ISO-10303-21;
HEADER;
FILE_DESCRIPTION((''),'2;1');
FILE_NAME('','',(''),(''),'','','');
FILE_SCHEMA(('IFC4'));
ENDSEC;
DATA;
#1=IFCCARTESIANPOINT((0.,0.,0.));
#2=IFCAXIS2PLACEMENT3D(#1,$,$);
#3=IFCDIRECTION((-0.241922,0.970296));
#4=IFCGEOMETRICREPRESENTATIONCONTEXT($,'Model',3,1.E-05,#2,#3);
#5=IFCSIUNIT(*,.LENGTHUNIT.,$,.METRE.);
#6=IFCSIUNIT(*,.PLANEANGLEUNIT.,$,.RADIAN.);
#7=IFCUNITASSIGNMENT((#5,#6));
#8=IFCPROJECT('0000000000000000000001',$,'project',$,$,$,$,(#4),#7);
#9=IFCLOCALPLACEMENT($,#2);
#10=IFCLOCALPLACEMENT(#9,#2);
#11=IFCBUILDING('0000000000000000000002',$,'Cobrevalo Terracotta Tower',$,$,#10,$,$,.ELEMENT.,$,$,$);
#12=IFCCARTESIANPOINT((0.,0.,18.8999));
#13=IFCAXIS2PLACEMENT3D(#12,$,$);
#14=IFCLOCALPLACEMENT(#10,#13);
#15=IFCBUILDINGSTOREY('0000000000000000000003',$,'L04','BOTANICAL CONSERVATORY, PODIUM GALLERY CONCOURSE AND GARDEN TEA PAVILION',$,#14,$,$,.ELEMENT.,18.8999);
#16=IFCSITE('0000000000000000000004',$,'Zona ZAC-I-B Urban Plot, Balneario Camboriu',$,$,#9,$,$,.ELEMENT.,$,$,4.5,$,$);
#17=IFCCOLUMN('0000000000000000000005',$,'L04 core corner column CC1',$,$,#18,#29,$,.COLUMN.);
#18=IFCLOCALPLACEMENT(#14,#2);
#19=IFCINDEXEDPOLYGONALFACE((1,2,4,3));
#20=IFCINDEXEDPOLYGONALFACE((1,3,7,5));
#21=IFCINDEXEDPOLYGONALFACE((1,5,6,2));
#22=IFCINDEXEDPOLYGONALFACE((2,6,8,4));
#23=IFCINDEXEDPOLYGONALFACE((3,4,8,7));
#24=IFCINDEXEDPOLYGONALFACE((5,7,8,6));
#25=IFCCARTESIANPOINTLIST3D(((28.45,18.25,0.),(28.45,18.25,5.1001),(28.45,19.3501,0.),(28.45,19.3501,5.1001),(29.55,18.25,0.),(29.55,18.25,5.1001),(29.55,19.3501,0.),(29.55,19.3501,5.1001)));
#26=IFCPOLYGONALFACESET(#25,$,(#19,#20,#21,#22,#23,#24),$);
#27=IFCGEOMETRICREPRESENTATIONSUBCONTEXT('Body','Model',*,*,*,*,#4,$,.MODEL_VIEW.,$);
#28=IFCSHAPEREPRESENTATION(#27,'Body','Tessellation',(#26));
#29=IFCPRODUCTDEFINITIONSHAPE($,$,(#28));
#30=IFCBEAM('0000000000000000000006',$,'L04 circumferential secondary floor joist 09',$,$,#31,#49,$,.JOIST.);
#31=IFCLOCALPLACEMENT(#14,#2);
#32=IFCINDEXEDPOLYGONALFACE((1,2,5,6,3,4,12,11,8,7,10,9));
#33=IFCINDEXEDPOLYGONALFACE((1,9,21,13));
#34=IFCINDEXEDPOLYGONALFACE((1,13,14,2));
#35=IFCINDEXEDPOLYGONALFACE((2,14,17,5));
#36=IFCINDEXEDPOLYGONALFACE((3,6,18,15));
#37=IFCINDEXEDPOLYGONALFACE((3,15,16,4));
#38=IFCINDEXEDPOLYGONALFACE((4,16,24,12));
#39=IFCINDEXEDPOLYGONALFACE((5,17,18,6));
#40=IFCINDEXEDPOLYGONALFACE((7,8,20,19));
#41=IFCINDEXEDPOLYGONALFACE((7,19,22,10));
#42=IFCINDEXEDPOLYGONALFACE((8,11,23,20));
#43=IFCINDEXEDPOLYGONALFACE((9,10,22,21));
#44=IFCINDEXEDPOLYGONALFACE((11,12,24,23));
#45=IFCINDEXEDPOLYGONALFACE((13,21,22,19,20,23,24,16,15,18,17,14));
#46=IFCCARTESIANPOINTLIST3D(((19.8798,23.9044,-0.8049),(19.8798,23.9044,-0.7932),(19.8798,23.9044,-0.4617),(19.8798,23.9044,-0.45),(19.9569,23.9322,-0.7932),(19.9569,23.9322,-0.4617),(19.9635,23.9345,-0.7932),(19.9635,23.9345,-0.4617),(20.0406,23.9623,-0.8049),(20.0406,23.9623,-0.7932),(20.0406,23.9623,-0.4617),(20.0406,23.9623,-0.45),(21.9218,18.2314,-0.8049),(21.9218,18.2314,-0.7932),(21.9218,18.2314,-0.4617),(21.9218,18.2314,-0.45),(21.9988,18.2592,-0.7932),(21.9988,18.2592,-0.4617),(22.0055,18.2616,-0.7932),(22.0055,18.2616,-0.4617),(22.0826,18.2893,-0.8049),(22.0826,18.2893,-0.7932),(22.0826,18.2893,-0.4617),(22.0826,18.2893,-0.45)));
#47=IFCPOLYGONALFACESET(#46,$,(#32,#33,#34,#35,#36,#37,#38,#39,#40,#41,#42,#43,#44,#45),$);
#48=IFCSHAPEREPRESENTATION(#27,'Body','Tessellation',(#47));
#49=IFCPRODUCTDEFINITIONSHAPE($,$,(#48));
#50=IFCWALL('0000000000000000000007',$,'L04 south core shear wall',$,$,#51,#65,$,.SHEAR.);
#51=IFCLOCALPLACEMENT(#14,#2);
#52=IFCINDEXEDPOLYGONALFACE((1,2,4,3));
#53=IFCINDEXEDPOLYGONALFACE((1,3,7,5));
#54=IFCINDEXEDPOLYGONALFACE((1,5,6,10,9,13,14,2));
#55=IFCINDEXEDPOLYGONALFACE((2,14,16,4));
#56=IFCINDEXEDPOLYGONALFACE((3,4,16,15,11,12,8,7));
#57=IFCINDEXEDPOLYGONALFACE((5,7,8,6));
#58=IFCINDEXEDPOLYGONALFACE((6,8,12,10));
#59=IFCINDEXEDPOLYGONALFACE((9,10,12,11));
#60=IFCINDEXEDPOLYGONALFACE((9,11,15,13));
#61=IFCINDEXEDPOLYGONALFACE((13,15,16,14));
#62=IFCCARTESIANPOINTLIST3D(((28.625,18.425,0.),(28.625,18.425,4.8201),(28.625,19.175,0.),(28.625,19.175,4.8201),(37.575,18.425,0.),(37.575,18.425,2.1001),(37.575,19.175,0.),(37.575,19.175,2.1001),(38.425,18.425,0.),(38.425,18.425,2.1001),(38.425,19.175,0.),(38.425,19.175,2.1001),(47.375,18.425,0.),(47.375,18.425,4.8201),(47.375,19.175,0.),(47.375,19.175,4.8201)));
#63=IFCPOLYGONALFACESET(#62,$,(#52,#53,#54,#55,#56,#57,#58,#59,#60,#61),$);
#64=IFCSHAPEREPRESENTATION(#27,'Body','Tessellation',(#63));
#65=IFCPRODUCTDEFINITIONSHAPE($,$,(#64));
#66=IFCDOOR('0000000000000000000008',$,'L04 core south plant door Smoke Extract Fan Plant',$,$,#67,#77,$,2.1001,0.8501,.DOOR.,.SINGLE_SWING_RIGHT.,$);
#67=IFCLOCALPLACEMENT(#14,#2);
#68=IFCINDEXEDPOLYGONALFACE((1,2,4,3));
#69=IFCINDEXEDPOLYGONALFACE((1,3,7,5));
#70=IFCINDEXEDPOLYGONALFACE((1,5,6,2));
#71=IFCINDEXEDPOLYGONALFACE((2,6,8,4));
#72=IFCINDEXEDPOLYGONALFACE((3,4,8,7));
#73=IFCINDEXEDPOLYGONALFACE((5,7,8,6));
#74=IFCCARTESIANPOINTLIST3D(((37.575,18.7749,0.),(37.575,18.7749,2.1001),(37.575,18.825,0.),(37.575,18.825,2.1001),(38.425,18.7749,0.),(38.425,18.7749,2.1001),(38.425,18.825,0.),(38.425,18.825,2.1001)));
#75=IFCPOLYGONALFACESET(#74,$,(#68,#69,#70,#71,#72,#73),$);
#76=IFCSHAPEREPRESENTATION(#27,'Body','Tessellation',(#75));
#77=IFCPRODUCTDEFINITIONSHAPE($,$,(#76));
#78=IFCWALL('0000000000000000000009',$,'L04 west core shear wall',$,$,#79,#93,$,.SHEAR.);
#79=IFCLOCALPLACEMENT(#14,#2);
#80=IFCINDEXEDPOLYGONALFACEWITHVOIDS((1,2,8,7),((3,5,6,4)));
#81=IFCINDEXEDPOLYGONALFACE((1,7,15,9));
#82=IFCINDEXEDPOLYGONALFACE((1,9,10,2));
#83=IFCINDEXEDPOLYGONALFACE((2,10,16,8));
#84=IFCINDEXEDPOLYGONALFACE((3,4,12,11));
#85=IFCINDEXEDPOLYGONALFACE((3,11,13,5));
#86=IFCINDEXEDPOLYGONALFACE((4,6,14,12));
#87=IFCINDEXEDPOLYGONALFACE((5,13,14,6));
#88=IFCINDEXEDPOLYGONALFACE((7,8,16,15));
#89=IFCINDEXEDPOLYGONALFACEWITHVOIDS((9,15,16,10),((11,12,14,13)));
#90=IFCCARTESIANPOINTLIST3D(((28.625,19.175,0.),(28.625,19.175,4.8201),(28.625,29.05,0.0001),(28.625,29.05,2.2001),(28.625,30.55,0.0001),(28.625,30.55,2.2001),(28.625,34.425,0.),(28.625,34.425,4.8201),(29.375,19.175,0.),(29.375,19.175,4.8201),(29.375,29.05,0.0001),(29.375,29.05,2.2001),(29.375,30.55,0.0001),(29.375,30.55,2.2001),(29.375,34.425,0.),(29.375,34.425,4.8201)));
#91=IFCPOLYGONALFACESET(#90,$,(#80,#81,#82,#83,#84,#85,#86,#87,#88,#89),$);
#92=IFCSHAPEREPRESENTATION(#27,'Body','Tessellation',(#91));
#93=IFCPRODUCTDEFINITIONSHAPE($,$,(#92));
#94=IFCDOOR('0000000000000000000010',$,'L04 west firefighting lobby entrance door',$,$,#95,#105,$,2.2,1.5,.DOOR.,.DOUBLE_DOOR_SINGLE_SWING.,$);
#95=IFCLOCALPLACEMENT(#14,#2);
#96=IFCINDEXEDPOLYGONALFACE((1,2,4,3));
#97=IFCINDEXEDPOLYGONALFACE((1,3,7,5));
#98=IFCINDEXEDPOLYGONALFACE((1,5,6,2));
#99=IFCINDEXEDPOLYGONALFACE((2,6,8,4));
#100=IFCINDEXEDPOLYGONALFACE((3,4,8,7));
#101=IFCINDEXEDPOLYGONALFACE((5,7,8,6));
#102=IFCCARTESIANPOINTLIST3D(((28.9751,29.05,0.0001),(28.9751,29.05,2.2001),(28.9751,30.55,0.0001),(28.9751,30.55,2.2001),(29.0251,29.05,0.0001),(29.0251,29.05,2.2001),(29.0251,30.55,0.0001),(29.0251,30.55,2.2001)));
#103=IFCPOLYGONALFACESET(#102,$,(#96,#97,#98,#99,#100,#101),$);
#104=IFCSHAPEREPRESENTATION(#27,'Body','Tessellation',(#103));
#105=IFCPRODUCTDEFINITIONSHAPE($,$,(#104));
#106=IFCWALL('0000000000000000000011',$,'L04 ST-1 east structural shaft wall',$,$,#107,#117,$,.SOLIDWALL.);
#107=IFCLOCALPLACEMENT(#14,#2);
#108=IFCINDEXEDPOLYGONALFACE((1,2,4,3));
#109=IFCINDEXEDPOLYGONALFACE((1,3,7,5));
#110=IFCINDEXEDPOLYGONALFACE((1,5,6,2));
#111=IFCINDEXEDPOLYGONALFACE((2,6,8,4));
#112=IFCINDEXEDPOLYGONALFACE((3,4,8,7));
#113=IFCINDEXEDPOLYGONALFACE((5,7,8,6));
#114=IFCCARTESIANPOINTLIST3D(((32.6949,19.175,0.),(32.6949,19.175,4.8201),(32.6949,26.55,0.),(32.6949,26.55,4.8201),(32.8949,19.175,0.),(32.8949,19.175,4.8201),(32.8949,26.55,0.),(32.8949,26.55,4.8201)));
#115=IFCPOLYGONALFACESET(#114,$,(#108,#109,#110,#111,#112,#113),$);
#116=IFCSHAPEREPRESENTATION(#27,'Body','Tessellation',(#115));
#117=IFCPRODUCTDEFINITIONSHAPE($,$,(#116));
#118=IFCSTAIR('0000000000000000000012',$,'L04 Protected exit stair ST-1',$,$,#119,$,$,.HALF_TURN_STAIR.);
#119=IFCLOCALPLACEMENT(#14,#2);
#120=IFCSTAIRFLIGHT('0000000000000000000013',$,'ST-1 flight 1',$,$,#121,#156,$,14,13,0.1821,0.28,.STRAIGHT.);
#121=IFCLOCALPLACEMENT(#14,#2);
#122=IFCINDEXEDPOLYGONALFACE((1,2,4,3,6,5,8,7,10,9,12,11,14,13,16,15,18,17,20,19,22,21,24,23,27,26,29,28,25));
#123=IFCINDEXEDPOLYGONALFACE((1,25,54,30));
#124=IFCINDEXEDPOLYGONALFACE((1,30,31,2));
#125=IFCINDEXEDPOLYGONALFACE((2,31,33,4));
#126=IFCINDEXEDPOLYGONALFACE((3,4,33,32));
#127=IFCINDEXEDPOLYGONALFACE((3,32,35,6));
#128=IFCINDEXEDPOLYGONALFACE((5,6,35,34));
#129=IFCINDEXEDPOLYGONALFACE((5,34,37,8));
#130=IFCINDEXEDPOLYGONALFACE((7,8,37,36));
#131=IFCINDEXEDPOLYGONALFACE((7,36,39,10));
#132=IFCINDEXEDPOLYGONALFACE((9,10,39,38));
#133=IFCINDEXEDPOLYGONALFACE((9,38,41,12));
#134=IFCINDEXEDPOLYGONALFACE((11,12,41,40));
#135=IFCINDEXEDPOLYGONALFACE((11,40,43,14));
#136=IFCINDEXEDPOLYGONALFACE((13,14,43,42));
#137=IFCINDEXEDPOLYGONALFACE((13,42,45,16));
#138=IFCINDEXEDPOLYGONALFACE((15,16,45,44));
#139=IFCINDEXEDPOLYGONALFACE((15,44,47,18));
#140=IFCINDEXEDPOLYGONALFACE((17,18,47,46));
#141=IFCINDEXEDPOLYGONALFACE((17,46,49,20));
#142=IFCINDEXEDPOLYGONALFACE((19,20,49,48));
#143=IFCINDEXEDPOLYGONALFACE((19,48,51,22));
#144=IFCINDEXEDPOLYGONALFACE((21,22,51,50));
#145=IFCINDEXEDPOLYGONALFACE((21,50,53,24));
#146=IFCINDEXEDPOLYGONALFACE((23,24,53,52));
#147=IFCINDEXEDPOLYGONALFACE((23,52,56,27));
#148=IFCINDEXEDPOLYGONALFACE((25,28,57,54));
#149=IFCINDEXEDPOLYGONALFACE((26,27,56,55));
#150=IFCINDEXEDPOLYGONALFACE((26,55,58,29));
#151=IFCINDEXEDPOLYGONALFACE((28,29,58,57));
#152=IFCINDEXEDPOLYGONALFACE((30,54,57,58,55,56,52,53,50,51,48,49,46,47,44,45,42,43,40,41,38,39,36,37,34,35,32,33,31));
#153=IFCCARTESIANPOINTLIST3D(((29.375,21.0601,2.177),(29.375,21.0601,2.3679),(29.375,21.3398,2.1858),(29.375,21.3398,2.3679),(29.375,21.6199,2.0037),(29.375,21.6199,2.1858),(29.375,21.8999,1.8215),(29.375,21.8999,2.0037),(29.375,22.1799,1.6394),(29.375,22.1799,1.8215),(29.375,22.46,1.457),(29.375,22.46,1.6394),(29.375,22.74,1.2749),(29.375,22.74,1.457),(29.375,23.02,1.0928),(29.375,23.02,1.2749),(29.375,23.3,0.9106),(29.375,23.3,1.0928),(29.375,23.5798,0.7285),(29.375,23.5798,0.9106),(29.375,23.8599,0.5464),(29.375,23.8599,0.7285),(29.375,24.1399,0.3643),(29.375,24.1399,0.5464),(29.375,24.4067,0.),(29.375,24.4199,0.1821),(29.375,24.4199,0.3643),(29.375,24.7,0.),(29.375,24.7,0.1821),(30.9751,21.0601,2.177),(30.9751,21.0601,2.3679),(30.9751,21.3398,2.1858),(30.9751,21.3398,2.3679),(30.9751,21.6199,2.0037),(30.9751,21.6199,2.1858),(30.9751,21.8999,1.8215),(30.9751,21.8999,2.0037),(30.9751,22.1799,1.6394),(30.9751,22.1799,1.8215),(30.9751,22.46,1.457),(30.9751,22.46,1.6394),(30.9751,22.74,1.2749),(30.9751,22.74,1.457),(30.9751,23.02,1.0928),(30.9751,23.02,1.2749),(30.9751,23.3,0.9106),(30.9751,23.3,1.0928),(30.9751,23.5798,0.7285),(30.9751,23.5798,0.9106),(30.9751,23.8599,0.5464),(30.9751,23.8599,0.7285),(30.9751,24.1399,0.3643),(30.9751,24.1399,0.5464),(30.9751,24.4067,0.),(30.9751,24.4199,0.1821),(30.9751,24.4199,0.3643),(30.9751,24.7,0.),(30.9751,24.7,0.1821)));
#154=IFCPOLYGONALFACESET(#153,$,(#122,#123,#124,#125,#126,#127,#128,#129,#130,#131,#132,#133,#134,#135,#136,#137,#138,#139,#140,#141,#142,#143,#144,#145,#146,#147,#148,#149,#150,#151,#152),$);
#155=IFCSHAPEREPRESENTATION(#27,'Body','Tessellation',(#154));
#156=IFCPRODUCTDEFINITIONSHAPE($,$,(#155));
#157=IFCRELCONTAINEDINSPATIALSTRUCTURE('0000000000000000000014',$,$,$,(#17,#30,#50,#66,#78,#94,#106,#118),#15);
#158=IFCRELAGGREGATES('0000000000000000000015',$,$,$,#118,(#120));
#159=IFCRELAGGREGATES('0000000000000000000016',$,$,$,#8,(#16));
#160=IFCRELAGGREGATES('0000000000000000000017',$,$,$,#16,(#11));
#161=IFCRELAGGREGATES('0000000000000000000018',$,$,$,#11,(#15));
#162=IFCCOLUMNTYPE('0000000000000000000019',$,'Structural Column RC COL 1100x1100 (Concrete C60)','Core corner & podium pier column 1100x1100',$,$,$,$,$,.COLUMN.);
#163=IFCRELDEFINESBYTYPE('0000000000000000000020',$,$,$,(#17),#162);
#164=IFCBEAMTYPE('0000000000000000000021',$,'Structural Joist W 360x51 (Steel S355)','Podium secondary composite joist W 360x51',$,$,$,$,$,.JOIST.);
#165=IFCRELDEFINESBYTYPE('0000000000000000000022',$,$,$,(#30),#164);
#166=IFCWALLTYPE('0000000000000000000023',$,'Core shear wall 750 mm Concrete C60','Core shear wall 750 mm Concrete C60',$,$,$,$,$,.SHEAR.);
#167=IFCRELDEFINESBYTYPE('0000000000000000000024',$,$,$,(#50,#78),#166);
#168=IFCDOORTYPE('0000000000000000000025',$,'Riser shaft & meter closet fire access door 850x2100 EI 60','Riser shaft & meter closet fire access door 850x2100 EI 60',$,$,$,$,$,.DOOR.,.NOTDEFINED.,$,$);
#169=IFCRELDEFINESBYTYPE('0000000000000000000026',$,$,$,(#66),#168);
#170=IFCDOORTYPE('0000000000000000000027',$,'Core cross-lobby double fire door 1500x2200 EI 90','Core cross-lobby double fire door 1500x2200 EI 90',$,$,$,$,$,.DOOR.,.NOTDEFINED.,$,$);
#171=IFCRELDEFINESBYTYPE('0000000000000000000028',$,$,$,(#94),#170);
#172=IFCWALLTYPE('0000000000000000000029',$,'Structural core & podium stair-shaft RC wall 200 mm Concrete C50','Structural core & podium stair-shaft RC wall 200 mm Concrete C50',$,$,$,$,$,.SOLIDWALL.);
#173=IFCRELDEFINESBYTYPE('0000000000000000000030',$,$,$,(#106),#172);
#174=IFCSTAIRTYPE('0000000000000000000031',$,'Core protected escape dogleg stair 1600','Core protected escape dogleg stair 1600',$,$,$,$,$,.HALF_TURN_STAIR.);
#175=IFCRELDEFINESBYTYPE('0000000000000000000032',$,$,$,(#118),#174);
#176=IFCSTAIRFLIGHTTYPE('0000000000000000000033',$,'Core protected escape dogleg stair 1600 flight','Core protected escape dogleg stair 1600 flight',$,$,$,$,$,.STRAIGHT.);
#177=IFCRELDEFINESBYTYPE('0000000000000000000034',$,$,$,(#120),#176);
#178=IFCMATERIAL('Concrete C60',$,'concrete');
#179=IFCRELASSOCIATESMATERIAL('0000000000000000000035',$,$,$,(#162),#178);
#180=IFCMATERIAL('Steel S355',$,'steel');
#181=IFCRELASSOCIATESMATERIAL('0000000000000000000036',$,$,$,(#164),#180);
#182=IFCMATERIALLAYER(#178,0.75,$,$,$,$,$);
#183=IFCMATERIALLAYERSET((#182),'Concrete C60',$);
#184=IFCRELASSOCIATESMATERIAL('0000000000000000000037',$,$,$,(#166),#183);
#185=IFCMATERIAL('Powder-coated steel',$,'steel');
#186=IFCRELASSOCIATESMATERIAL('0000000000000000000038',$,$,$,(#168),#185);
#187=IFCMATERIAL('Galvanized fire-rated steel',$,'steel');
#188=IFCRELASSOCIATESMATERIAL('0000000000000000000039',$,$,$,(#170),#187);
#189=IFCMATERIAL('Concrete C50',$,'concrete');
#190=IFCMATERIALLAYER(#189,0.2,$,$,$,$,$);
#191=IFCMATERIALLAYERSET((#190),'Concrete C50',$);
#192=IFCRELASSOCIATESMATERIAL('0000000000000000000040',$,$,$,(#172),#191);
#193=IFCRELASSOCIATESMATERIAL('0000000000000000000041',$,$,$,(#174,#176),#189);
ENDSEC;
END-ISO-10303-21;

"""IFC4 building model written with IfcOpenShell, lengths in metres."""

from ifc_helpers import new_model, si_unit, direction, frame, frame_2d, origin, origin_2d, place, context, subcontext, project, spatial, polyline, rectangle, i_section, outline, extrude, source, transform, mapped, material, layer, layer_set, material_profile, profile_set, type_object, element, fill, aggregate, save


model = new_model("IFC4")

# Units and contexts
model_context = context("Model", 3, precision=1e-05, world=origin(), true_north=direction((-0.241922, 0.970296)))
body_context = subcontext(model_context, "Body", "Model", "MODEL_VIEW")
ifc_project = project(units=[si_unit("LENGTHUNIT", "METRE"), si_unit("PLANEANGLEUNIT", "RADIAN")], contexts=[model_context])

# Site, building, storey
site_placement = place(None, origin())
site = spatial("IfcSite", under=ifc_project, at=site_placement, Name="Zona ZAC-I-B Urban Plot, Balneario Camboriu", CompositionType="ELEMENT", RefElevation=4.5)
building_placement = place(site_placement, origin())
building = spatial("IfcBuilding", under=site, at=building_placement, Name="Cobrevalo Terracotta Tower", CompositionType="ELEMENT")
storey_placement = place(building_placement, frame((0.0, 0.0, 18.8999)))
storey = spatial("IfcBuildingStorey", under=building, at=storey_placement, Name="L04", Description="BOTANICAL CONSERVATORY, PODIUM GALLERY CONCOURSE AND GARDEN TEA PAVILION", CompositionType="ELEMENT", Elevation=18.8999)

# Column
ifc_material_1 = material(Name="Concrete C60", Category="concrete")
ifc_material_profile_1 = material_profile(ifc_material_1, rectangle(XDim=1.1001, YDim=1.1001, at=origin_2d()), Name="RC COL 1100x1100")
ifc_profile_set_1 = profile_set([ifc_material_profile_1], Name="Concrete C60")
column_type = type_object("IfcColumnType", Name="Structural Column RC COL 1100x1100 (Concrete C60)", Description="Core corner & podium pier column 1100x1100", PredefinedType="COLUMN", material=ifc_profile_set_1)
column_placement = place(storey_placement, frame((29.0, 18.8, 0.0), z_axis=(0.0, 0.0, 1.0), x_axis=(1.0, 0.0, 0.0)))
element("IfcColumn", 1, at=column_placement, inside=storey, type_object=column_type, Name="L04 core corner column CC1", PredefinedType="COLUMN", context=body_context, shape_type="SweptSolid", body=[
    extrude(rectangle(XDim=1.1001, YDim=1.1001, at=origin_2d()), origin(), (0.0, 0.0, 1.0), 5.1001),
])

# Beam
ifc_material_2 = material(Name="Steel S355", Category="steel")
ifc_material_profile_2 = material_profile(ifc_material_2, i_section(OverallWidth=0.1709, OverallDepth=0.355, WebThickness=0.0071, FlangeThickness=0.0117, at=origin_2d()), Name="W 360x51")
ifc_profile_set_2 = profile_set([ifc_material_profile_2], Name="Steel S355")
beam_type = type_object("IfcBeamType", Name="Structural Joist W 360x51 (Steel S355)", Description="Podium secondary composite joist W 360x51", PredefinedType="JOIST", material=ifc_profile_set_2)
beam_placement = place(storey_placement, frame((19.9602, 23.9333, -0.6274), z_axis=(0.338672, -0.940904, 0.0), x_axis=(0.940904, 0.338672, 0.0)))
element("IfcBeam", 2, at=beam_placement, inside=storey, type_object=beam_type, Name="L04 circumferential secondary floor joist 09", PredefinedType="JOIST", context=body_context, shape_type="SweptSolid", body=[
    extrude(i_section(OverallWidth=0.1709, OverallDepth=0.355, WebThickness=0.0071, FlangeThickness=0.0117, at=origin_2d()), origin(), (0.0, 0.0, 1.0), 6.0293),
])

# Walls, openings, doors
ifc_layer_1 = layer(ifc_material_1, 0.75)
ifc_layer_set_1 = layer_set([ifc_layer_1], Name="Concrete C60")
wall_type_1 = type_object("IfcWallType", Name="Core shear wall 750 mm Concrete C60", Description="Core shear wall 750 mm Concrete C60", PredefinedType="SHEAR", material=ifc_layer_set_1)
wall_1_placement = place(storey_placement, frame((28.625, 18.8, 0.0), z_axis=(0.0, 0.0, 1.0), x_axis=(1.0, 0.0, 0.0)))
wall_1 = element("IfcWall", 3, at=wall_1_placement, inside=storey, type_object=wall_type_1, Name="L04 south core shear wall", PredefinedType="SHEAR", context=body_context, shape_type="SweptSolid", body=[
    extrude(rectangle(XDim=18.75, YDim=0.75, at=frame_2d((9.375, 0.0))), origin(), (0.0, 0.0, 1.0), 4.8201),
])
opening_1_placement = place(wall_1_placement, frame((8.95, 0.0, 0.0)))
opening_1 = element("IfcOpeningElement", 4, at=opening_1_placement, cuts=wall_1, PredefinedType="OPENING", context=body_context, shape_type="SweptSolid", body=[
    extrude(rectangle(XDim=0.8501, YDim=2.1001, at=frame_2d((0.425, 1.05))), frame((0.0, 0.385, 0.0), z_axis=(0.0, -1.0, 0.0), x_axis=(1.0, 0.0, 0.0)), (0.0, 0.0, 1.0), 0.77),
])
ifc_material_3 = material(Name="Powder-coated steel", Category="steel")
door_type_1 = type_object("IfcDoorType", Name="Riser shaft & meter closet fire access door 850x2100 EI 60", Description="Riser shaft & meter closet fire access door 850x2100 EI 60", OperationType="NOTDEFINED", PredefinedType="DOOR", material=ifc_material_3)
shared_shape_1 = source(origin(), body_context, "Body", "SweptSolid", [
    extrude(rectangle(XDim=0.8501, YDim=2.1001, at=frame_2d((0.425, 1.05))), frame((0.0, 0.0249, 0.0), z_axis=(0.0, -1.0, 0.0), x_axis=(1.0, 0.0, 0.0)), (0.0, 0.0, 1.0), 0.05),
])
door_1_placement = place(opening_1_placement, origin())
door_1 = element("IfcDoor", 5, at=door_1_placement, inside=storey, type_object=door_type_1, Name="L04 core south plant door Smoke Extract Fan Plant", OperationType="SINGLE_SWING_RIGHT", OverallHeight=2.1001, OverallWidth=0.8501, PredefinedType="DOOR", context=body_context, shape_type="MappedRepresentation", body=[
    mapped(shared_shape_1, transform((0.0, 0.0, 0.0), scale=1.0)),
])
fill(opening_1, door_1)
wall_2_placement = place(storey_placement, frame((29.0, 19.175, 0.0), z_axis=(0.0, 0.0, 1.0), x_axis=(0.0, 1.0, 0.0)))
wall_2 = element("IfcWall", 6, at=wall_2_placement, inside=storey, type_object=wall_type_1, Name="L04 west core shear wall", PredefinedType="SHEAR", context=body_context, shape_type="SweptSolid", body=[
    extrude(rectangle(XDim=15.25, YDim=0.75, at=frame_2d((7.625, 0.0))), origin(), (0.0, 0.0, 1.0), 4.8201),
])
opening_2_placement = place(wall_2_placement, frame((9.875, 0.0, 0.0)))
opening_2 = element("IfcOpeningElement", 7, at=opening_2_placement, cuts=wall_2, PredefinedType="OPENING", context=body_context, shape_type="SweptSolid", body=[
    extrude(rectangle(XDim=1.5, YDim=2.2, at=frame_2d((0.75, 1.1001))), frame((0.0, 0.385, 0.0), z_axis=(0.0, -1.0, 0.0), x_axis=(1.0, 0.0, 0.0)), (0.0, 0.0, 1.0), 0.77),
])
ifc_material_4 = material(Name="Galvanized fire-rated steel", Category="steel")
door_type_2 = type_object("IfcDoorType", Name="Core cross-lobby double fire door 1500x2200 EI 90", Description="Core cross-lobby double fire door 1500x2200 EI 90", OperationType="NOTDEFINED", PredefinedType="DOOR", material=ifc_material_4)
shared_shape_2 = source(origin(), body_context, "Body", "SweptSolid", [
    extrude(rectangle(XDim=1.5, YDim=2.2, at=frame_2d((0.75, 1.1001))), frame((0.0, 0.0249, 0.0), z_axis=(0.0, -1.0, 0.0), x_axis=(1.0, 0.0, 0.0)), (0.0, 0.0, 1.0), 0.05),
])
door_2_placement = place(opening_2_placement, origin())
door_2 = element("IfcDoor", 8, at=door_2_placement, inside=storey, type_object=door_type_2, Name="L04 west firefighting lobby entrance door", OperationType="DOUBLE_DOOR_SINGLE_SWING", OverallHeight=2.2, OverallWidth=1.5, PredefinedType="DOOR", context=body_context, shape_type="MappedRepresentation", body=[
    mapped(shared_shape_2, transform((0.0, 0.0, 0.0), scale=1.0)),
])
fill(opening_2, door_2)

# Wall
ifc_material_5 = material(Name="Concrete C50", Category="concrete")
ifc_layer_2 = layer(ifc_material_5, 0.2)
ifc_layer_set_2 = layer_set([ifc_layer_2], Name="Concrete C50")
wall_type_2 = type_object("IfcWallType", Name="Structural core & podium stair-shaft RC wall 200 mm Concrete C50", Description="Structural core & podium stair-shaft RC wall 200 mm Concrete C50", PredefinedType="SOLIDWALL", material=ifc_layer_set_2)
wall_3_placement = place(storey_placement, frame((32.7949, 19.175, 0.0), z_axis=(0.0, 0.0, 1.0), x_axis=(0.0, 1.0, 0.0)))
element("IfcWall", 9, at=wall_3_placement, inside=storey, type_object=wall_type_2, Name="L04 ST-1 east structural shaft wall", PredefinedType="SOLIDWALL", context=body_context, shape_type="SweptSolid", body=[
    extrude(rectangle(XDim=7.375, YDim=0.2, at=frame_2d((3.6875, 0.0))), origin(), (0.0, 0.0, 1.0), 4.8201),
])

# Stair, stair flight
stair_type = type_object("IfcStairType", Name="Core protected escape dogleg stair 1600", Description="Core protected escape dogleg stair 1600", PredefinedType="HALF_TURN_STAIR", material=ifc_material_5)
stair_placement = place(storey_placement, origin())
stair = element("IfcStair", 10, at=stair_placement, inside=storey, type_object=stair_type, Name="L04 Protected exit stair ST-1", PredefinedType="HALF_TURN_STAIR")
stair_flight_type = type_object("IfcStairFlightType", Name="Core protected escape dogleg stair 1600 flight", Description="Core protected escape dogleg stair 1600 flight", PredefinedType="STRAIGHT", material=ifc_material_5)
stair_flight_1_placement = place(storey_placement, frame((30.175, 24.7, 0.0), z_axis=(0.0, 0.0, 1.0), x_axis=(0.0, -1.0, 0.0)))
stair_flight_1 = element("IfcStairFlight", 11, at=stair_flight_1_placement, type_object=stair_flight_type, Name="ST-1 flight 1", NumberOfRisers=14, NumberOfTreads=13, PredefinedType="STRAIGHT", RiserHeight=0.1821, TreadLength=0.28, context=body_context, shape_type="SweptSolid", body=[
    extrude(outline(polyline([(0.0, 0.0), (0.0, 0.1821), (0.28, 0.1821), (0.28, 0.3643), (0.5601, 0.3643), (0.5601, 0.5464), (0.8401, 0.5464), (0.8401, 0.7285), (1.1201, 0.7285), (1.1201, 0.9106), (1.3999, 0.9106), (1.3999, 1.0928), (1.6799, 1.0928), (1.6799, 1.2749), (1.96, 1.2749), (1.96, 1.457), (2.24, 1.457), (2.24, 1.6394), (2.52, 1.6394), (2.52, 1.8215), (2.8, 1.8215), (2.8, 2.0037), (3.0801, 2.0037), (3.0801, 2.1858), (3.3601, 2.1858), (3.3601, 2.3679), (3.6399, 2.3679), (3.6399, 2.55), (3.6399, 2.177), (0.2932, 0.0), (0.0, 0.0)])), frame((0.0, 0.8, 0.0), z_axis=(0.0, -1.0, 0.0), x_axis=(1.0, 0.0, 0.0)), (0.0, 0.0, 1.0), 1.6001),
])
aggregate(stair, [stair_flight_1])

save(model, "model.ifc")
